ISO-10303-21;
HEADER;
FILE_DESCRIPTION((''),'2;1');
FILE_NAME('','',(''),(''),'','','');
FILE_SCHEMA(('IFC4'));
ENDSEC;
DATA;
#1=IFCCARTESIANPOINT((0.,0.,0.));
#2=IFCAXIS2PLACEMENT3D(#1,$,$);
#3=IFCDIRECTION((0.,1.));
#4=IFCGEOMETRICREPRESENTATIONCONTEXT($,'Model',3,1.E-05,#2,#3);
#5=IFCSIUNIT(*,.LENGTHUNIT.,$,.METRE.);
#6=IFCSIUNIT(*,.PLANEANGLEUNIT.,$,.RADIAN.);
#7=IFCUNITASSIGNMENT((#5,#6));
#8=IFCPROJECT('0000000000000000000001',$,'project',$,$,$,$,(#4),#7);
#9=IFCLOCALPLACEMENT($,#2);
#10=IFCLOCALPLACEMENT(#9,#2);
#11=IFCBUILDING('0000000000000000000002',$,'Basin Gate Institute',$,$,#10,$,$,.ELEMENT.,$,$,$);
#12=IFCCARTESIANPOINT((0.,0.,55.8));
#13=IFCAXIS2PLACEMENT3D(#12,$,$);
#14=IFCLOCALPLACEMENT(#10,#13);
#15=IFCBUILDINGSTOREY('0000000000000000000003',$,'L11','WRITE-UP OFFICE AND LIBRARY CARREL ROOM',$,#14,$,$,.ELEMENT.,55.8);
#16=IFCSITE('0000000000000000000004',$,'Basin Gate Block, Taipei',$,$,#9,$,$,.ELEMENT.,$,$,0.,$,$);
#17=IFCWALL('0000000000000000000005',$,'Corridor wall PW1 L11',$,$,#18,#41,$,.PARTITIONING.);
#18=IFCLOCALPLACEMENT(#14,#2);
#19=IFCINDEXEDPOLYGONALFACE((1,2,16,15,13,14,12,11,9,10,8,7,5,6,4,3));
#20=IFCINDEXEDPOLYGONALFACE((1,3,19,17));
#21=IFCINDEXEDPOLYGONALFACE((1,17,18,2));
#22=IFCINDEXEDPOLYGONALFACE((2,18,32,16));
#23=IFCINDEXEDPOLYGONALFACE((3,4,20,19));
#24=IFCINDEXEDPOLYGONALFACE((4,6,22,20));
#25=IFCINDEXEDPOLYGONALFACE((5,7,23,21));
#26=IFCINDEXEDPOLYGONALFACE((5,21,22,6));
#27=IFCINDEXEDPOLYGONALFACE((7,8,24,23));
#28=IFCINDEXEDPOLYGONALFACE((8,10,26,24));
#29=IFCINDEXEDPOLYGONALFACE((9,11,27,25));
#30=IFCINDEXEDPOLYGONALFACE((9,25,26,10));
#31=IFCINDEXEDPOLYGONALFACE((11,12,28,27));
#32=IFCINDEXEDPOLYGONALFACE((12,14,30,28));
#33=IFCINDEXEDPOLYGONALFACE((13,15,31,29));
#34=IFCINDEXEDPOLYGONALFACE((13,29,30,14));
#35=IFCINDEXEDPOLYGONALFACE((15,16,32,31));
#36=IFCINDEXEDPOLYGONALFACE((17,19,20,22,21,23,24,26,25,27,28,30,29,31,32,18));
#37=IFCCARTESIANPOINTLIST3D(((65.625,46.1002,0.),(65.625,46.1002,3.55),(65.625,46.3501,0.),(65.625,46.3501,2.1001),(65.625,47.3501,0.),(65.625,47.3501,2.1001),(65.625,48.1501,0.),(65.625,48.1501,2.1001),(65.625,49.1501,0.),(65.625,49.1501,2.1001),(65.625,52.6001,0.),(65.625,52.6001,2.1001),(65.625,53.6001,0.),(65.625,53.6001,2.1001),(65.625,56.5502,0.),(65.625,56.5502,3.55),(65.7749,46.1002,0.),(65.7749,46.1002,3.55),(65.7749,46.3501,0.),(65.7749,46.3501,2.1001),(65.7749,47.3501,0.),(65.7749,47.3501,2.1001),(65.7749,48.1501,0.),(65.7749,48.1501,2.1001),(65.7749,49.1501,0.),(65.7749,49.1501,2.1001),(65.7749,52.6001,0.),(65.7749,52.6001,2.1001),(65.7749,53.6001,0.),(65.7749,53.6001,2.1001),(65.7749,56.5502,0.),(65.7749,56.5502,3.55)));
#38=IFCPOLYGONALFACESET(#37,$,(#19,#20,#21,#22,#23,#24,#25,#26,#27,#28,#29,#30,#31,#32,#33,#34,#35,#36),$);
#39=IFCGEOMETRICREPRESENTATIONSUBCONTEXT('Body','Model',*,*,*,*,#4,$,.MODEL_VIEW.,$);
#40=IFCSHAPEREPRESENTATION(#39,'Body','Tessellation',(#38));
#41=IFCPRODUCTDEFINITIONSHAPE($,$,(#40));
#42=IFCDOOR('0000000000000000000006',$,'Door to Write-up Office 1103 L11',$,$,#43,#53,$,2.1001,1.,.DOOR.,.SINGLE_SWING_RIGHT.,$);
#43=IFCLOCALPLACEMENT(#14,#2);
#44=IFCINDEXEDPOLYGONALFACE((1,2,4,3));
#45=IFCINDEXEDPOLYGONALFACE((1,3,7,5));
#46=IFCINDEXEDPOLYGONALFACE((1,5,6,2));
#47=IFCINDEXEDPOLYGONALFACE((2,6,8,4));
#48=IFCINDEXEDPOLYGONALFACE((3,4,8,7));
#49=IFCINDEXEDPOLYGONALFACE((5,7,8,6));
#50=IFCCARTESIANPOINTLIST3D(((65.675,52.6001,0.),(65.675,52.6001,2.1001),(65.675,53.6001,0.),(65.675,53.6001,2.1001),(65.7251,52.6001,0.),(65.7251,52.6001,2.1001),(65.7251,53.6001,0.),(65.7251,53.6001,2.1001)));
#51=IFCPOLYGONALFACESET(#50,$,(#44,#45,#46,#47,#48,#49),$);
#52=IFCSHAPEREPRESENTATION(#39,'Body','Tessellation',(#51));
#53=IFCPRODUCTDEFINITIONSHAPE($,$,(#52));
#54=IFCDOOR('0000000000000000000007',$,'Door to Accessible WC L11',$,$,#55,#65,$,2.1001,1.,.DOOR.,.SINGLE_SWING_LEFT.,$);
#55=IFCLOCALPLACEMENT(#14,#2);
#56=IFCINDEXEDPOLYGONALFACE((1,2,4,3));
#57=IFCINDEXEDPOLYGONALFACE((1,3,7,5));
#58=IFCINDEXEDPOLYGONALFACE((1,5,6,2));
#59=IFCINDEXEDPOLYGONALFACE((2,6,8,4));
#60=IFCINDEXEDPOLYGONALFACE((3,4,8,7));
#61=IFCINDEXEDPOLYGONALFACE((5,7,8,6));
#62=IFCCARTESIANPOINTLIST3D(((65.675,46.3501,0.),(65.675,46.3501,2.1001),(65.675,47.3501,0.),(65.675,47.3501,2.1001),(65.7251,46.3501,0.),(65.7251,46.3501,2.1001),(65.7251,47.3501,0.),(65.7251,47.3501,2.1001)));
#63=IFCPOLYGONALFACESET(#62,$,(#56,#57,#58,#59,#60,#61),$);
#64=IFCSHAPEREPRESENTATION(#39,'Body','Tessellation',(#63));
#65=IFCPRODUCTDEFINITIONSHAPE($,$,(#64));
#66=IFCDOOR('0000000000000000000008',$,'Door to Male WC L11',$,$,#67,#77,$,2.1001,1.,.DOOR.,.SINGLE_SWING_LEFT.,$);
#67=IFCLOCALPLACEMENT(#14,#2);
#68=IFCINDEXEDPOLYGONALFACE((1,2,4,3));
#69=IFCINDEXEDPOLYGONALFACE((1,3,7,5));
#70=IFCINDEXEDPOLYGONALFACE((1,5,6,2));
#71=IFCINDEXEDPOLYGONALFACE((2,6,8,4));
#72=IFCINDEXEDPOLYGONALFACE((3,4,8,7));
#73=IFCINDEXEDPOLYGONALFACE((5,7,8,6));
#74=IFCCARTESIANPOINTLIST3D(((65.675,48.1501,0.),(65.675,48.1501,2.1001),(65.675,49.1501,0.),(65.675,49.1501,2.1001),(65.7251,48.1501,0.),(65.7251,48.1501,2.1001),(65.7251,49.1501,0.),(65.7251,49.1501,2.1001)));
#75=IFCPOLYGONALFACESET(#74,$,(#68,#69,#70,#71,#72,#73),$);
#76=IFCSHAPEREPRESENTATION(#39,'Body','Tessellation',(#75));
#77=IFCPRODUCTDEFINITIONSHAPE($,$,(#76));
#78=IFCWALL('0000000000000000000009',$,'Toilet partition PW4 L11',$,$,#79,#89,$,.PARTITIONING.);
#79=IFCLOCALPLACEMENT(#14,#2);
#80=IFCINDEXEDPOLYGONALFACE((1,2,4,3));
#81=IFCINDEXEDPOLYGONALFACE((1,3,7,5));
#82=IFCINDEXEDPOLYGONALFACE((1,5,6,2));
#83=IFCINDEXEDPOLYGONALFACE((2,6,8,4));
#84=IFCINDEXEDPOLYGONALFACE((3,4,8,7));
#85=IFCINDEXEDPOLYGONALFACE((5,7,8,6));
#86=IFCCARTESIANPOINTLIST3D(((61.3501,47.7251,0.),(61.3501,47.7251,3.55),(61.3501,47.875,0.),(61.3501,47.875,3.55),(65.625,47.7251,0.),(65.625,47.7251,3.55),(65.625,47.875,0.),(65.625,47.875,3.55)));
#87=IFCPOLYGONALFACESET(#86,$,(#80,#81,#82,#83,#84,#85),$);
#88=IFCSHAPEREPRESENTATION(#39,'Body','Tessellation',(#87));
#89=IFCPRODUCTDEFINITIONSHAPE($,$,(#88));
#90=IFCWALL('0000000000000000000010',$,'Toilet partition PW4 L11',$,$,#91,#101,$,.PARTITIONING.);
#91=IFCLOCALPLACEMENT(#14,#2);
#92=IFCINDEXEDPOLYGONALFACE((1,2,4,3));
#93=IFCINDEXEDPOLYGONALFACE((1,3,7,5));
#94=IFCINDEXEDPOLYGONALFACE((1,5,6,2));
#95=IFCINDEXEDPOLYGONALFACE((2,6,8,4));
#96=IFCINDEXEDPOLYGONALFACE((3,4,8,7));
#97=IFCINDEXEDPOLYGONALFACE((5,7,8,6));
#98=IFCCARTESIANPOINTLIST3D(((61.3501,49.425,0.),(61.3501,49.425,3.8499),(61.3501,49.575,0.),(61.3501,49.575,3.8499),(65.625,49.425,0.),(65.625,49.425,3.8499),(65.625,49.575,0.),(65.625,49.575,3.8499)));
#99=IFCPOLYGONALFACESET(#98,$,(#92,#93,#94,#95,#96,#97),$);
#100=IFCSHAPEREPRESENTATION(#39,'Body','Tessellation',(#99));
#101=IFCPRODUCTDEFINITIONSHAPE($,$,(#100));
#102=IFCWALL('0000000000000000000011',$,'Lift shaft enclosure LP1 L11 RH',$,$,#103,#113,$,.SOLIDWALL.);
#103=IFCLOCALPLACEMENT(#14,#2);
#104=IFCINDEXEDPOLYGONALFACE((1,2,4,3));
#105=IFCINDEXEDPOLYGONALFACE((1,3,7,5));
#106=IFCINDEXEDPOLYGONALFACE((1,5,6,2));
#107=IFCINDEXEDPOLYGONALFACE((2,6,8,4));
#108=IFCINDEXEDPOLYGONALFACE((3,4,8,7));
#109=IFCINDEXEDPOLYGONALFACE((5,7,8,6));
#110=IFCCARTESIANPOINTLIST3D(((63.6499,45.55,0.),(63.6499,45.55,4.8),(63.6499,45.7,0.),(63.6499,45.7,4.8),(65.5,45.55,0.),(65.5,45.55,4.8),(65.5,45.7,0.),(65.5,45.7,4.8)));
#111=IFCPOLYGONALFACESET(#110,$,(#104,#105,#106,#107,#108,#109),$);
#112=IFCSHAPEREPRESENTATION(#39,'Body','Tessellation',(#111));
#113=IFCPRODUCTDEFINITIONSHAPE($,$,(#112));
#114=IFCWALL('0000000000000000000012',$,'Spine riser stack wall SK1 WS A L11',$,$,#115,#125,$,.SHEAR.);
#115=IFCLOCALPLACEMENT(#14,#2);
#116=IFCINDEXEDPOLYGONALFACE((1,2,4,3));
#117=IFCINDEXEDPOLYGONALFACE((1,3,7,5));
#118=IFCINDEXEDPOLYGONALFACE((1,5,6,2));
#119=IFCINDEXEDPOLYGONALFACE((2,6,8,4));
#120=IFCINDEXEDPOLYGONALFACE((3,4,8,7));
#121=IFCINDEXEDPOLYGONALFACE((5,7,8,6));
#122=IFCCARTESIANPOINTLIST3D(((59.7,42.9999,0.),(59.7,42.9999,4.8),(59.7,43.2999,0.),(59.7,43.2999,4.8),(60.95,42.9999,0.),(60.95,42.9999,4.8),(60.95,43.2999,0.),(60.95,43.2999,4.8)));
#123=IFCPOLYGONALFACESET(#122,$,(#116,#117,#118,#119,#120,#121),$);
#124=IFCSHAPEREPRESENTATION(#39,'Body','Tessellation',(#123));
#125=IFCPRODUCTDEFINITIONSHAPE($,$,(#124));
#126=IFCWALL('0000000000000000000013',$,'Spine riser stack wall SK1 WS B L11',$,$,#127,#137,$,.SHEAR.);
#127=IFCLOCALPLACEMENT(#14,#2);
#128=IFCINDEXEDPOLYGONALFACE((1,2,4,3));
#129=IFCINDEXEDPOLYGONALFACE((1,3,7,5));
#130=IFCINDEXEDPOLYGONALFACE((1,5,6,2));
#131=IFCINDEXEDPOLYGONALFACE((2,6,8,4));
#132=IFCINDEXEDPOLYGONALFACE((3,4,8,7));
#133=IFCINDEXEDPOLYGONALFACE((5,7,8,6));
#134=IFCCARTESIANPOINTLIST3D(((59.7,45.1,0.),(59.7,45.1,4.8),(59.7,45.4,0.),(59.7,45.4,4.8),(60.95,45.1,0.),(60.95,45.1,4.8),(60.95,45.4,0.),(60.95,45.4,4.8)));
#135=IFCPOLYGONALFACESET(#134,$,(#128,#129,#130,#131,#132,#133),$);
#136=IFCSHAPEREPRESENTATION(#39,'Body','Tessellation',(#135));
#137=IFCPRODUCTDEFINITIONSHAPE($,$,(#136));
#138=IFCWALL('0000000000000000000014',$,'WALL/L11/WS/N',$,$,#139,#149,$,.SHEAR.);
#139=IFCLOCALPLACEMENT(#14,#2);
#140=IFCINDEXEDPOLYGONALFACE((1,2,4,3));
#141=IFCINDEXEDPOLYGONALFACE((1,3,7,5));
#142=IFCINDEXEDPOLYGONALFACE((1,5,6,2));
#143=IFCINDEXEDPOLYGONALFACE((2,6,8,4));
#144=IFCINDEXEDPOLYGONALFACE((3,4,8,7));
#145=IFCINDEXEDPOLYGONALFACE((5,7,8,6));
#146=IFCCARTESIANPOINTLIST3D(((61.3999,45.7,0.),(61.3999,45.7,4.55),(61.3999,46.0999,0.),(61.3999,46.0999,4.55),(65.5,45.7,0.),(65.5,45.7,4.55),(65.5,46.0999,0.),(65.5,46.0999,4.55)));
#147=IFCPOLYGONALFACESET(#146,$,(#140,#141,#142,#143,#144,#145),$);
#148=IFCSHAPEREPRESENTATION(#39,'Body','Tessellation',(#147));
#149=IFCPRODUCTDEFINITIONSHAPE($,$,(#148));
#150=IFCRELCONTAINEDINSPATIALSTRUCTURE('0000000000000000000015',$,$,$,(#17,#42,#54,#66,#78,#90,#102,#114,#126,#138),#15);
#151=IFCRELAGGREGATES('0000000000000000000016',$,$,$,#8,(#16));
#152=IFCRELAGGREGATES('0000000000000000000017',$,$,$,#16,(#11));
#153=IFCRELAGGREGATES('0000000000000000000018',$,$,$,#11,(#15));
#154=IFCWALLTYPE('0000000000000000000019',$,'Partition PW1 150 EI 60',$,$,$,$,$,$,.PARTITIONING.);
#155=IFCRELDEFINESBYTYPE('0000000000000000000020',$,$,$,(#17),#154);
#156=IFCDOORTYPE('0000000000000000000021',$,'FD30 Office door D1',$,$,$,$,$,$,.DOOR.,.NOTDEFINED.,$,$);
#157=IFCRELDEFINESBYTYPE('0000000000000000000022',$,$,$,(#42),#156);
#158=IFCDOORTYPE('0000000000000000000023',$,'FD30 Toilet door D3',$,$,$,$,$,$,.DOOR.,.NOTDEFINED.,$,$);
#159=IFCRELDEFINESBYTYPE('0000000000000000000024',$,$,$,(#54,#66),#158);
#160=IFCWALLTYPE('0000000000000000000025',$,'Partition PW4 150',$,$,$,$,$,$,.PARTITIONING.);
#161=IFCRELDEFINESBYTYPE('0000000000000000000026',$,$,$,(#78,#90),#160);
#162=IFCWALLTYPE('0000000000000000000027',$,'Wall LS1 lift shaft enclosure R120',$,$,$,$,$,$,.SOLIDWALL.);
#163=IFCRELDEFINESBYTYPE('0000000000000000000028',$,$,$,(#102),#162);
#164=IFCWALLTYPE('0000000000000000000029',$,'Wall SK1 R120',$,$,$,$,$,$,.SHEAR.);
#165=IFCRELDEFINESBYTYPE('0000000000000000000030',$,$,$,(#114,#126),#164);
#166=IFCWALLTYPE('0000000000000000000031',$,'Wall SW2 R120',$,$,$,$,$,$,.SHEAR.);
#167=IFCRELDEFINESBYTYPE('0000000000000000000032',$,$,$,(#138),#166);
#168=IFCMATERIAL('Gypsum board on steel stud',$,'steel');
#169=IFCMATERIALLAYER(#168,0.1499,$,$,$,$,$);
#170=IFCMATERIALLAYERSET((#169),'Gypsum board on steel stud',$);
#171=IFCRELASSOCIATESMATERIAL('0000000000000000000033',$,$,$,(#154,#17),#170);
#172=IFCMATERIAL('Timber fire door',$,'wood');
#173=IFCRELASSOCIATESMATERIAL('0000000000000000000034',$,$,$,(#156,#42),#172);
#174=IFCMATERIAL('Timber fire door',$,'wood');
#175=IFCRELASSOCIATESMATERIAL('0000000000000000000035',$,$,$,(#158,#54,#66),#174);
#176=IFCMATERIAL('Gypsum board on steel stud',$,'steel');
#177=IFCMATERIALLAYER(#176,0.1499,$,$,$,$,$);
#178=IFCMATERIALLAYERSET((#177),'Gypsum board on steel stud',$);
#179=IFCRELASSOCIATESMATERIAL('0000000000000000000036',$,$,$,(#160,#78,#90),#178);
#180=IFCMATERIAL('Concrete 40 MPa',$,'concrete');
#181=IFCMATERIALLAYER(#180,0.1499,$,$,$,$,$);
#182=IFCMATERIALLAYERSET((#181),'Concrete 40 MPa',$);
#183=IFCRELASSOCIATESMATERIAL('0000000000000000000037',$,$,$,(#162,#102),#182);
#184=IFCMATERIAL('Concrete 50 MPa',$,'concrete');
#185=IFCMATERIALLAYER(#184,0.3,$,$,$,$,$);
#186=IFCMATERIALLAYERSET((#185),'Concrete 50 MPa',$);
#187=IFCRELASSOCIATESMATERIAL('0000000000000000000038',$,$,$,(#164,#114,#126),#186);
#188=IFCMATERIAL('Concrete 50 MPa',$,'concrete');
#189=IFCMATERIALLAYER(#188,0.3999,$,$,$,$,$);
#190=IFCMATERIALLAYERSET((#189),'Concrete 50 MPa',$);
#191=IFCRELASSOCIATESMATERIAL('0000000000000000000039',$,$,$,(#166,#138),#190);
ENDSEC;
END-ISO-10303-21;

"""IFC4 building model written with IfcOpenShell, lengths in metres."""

from ifc_helpers import new_model, si_unit, direction, frame, frame_2d, origin, place, context, subcontext, project, spatial, rectangle, extrude, material, layer, layer_set, type_object, element, fill, save


model = new_model("IFC4")

# Units and contexts
model_context = context("Model", 3, precision=1e-05, world=origin(), true_north=direction((0.0, 1.0)))
body_context = subcontext(model_context, "Body", "Model", "MODEL_VIEW")
ifc_project = project(units=[si_unit("LENGTHUNIT", "METRE"), si_unit("PLANEANGLEUNIT", "RADIAN")], contexts=[model_context])

# Site, building, storey
site_placement = place(None, origin())
site = spatial("IfcSite", under=ifc_project, at=site_placement, Name="Basin Gate Block, Taipei", CompositionType="ELEMENT", RefElevation=0.0)
building_placement = place(site_placement, origin())
building = spatial("IfcBuilding", under=site, at=building_placement, Name="Basin Gate Institute", CompositionType="ELEMENT")
storey_placement = place(building_placement, frame((0.0, 0.0, 55.8)))
storey = spatial("IfcBuildingStorey", under=building, at=storey_placement, Name="L11", Description="WRITE-UP OFFICE AND LIBRARY CARREL ROOM", CompositionType="ELEMENT", Elevation=55.8)

# Wall, openings, doors
ifc_material_1 = material(Name="Gypsum board on steel stud", Category="steel")
ifc_layer_1 = layer(ifc_material_1, 0.1499)
ifc_layer_set_1 = layer_set([ifc_layer_1], Name="Gypsum board on steel stud")
wall_type_1 = type_object("IfcWallType", Name="Partition PW1 150 EI 60", PredefinedType="PARTITIONING", material=ifc_layer_set_1)
wall_1_placement = place(storey_placement, frame((65.7, 46.1001, 0.0), z_axis=(0.0, 0.0, 1.0), x_axis=(0.0, 1.0, 0.0)))
wall_1 = element("IfcWall", 1, at=wall_1_placement, inside=storey, type_object=wall_type_1, material=ifc_layer_set_1, Name="Corridor wall PW1 L11", PredefinedType="PARTITIONING", context=body_context, shape_type="SweptSolid", body=[
    extrude(rectangle(XDim=10.45, YDim=0.1499, at=frame_2d((5.2251, 0.0))), origin(), (0.0, 0.0, 1.0), 3.55),
])
opening_1_placement = place(wall_1_placement, frame((0.25, 0.0, 0.0)))
opening_1 = element("IfcOpeningElement", 2, at=opening_1_placement, cuts=wall_1, PredefinedType="OPENING", context=body_context, shape_type="SweptSolid", body=[
    extrude(rectangle(XDim=1.0, YDim=2.1001, at=frame_2d((0.5, 1.05))), frame((0.0, 0.085, 0.0), z_axis=(0.0, -1.0, 0.0), x_axis=(1.0, 0.0, 0.0)), (0.0, 0.0, 1.0), 0.1699),
])
opening_2_placement = place(wall_1_placement, frame((2.05, 0.0, 0.0)))
opening_2 = element("IfcOpeningElement", 3, at=opening_2_placement, cuts=wall_1, PredefinedType="OPENING", context=body_context, shape_type="SweptSolid", body=[
    extrude(rectangle(XDim=1.0, YDim=2.1001, at=frame_2d((0.5, 1.05))), frame((0.0, 0.085, 0.0), z_axis=(0.0, -1.0, 0.0), x_axis=(1.0, 0.0, 0.0)), (0.0, 0.0, 1.0), 0.1699),
])
opening_3_placement = place(wall_1_placement, frame((6.5, 0.0, 0.0)))
opening_3 = element("IfcOpeningElement", 4, at=opening_3_placement, cuts=wall_1, PredefinedType="OPENING", context=body_context, shape_type="SweptSolid", body=[
    extrude(rectangle(XDim=1.0, YDim=2.1001, at=frame_2d((0.5, 1.05))), frame((0.0, 0.085, 0.0), z_axis=(0.0, -1.0, 0.0), x_axis=(1.0, 0.0, 0.0)), (0.0, 0.0, 1.0), 0.1699),
])
ifc_material_2 = material(Name="Timber fire door", Category="wood")
door_type_1 = type_object("IfcDoorType", Name="FD30 Office door D1", OperationType="NOTDEFINED", PredefinedType="DOOR", material=ifc_material_2)
door_1_placement = place(opening_3_placement, origin())
door_1 = element("IfcDoor", 5, at=door_1_placement, inside=storey, type_object=door_type_1, material=ifc_material_2, Name="Door to Write-up Office 1103 L11", OperationType="SINGLE_SWING_RIGHT", OverallHeight=2.1001, OverallWidth=1.0, PredefinedType="DOOR", context=body_context, shape_type="SweptSolid", body=[
    extrude(rectangle(XDim=1.0, YDim=2.1001, at=frame_2d((0.5, 1.05))), frame((0.0, 0.0249, 0.0), z_axis=(0.0, -1.0, 0.0), x_axis=(1.0, 0.0, 0.0)), (0.0, 0.0, 1.0), 0.05),
])
fill(opening_3, door_1)
ifc_material_3 = material(Name="Timber fire door", Category="wood")
door_type_2 = type_object("IfcDoorType", Name="FD30 Toilet door D3", OperationType="NOTDEFINED", PredefinedType="DOOR", material=ifc_material_3)
door_2_placement = place(opening_1_placement, origin())
door_2 = element("IfcDoor", 6, at=door_2_placement, inside=storey, type_object=door_type_2, material=ifc_material_3, Name="Door to Accessible WC L11", OperationType="SINGLE_SWING_LEFT", OverallHeight=2.1001, OverallWidth=1.0, PredefinedType="DOOR", context=body_context, shape_type="SweptSolid", body=[
    extrude(rectangle(XDim=1.0, YDim=2.1001, at=frame_2d((0.5, 1.05))), frame((0.0, 0.0249, 0.0), z_axis=(0.0, -1.0, 0.0), x_axis=(1.0, 0.0, 0.0)), (0.0, 0.0, 1.0), 0.05),
])
fill(opening_1, door_2)
door_3_placement = place(opening_2_placement, origin())
door_3 = element("IfcDoor", 7, at=door_3_placement, inside=storey, type_object=door_type_2, material=ifc_material_3, Name="Door to Male WC L11", OperationType="SINGLE_SWING_LEFT", OverallHeight=2.1001, OverallWidth=1.0, PredefinedType="DOOR", context=body_context, shape_type="SweptSolid", body=[
    extrude(rectangle(XDim=1.0, YDim=2.1001, at=frame_2d((0.5, 1.05))), frame((0.0, 0.0249, 0.0), z_axis=(0.0, -1.0, 0.0), x_axis=(1.0, 0.0, 0.0)), (0.0, 0.0, 1.0), 0.05),
])
fill(opening_2, door_3)

# Walls
ifc_material_4 = material(Name="Gypsum board on steel stud", Category="steel")
ifc_layer_2 = layer(ifc_material_4, 0.1499)
ifc_layer_set_2 = layer_set([ifc_layer_2], Name="Gypsum board on steel stud")
wall_type_2 = type_object("IfcWallType", Name="Partition PW4 150", PredefinedType="PARTITIONING", material=ifc_layer_set_2)
wall_2_placement = place(storey_placement, frame((61.3501, 47.8, 0.0), z_axis=(0.0, 0.0, 1.0), x_axis=(1.0, 0.0, 0.0)))
element("IfcWall", 8, at=wall_2_placement, inside=storey, type_object=wall_type_2, material=ifc_layer_set_2, Name="Toilet partition PW4 L11", PredefinedType="PARTITIONING", context=body_context, shape_type="SweptSolid", body=[
    extrude(rectangle(XDim=4.2749, YDim=0.1499, at=frame_2d((2.1375, 0.0))), origin(), (0.0, 0.0, 1.0), 3.55),
])
wall_3_placement = place(storey_placement, frame((61.3501, 49.5, 0.0), z_axis=(0.0, 0.0, 1.0), x_axis=(1.0, 0.0, 0.0)))
element("IfcWall", 9, at=wall_3_placement, inside=storey, type_object=wall_type_2, material=ifc_layer_set_2, Name="Toilet partition PW4 L11", PredefinedType="PARTITIONING", context=body_context, shape_type="SweptSolid", body=[
    extrude(rectangle(XDim=4.2749, YDim=0.1499, at=frame_2d((2.1375, 0.0))), origin(), (0.0, 0.0, 1.0), 3.8499),
])
ifc_material_5 = material(Name="Concrete 40 MPa", Category="concrete")
ifc_layer_3 = layer(ifc_material_5, 0.1499)
ifc_layer_set_3 = layer_set([ifc_layer_3], Name="Concrete 40 MPa")
wall_type_3 = type_object("IfcWallType", Name="Wall LS1 lift shaft enclosure R120", PredefinedType="SOLIDWALL", material=ifc_layer_set_3)
wall_4_placement = place(storey_placement, frame((63.6499, 45.625, 0.0), z_axis=(0.0, 0.0, 1.0), x_axis=(1.0, 0.0, 0.0)))
element("IfcWall", 10, at=wall_4_placement, inside=storey, type_object=wall_type_3, material=ifc_layer_set_3, Name="Lift shaft enclosure LP1 L11 RH", PredefinedType="SOLIDWALL", context=body_context, shape_type="SweptSolid", body=[
    extrude(rectangle(XDim=1.8501, YDim=0.1499, at=frame_2d((0.925, 0.0))), origin(), (0.0, 0.0, 1.0), 4.8),
])
ifc_material_6 = material(Name="Concrete 50 MPa", Category="concrete")
ifc_layer_4 = layer(ifc_material_6, 0.3)
ifc_layer_set_4 = layer_set([ifc_layer_4], Name="Concrete 50 MPa")
wall_type_4 = type_object("IfcWallType", Name="Wall SK1 R120", PredefinedType="SHEAR", material=ifc_layer_set_4)
for number, where, z_axis, x_axis, name in (
    (11, (60.95, 43.1499, 0.0), (0.0, 0.0, 1.0), (-1.0, 0.0, 0.0), "Spine riser stack wall SK1 WS A L11"),
    (12, (60.95, 45.25, 0.0), (0.0, 0.0, 1.0), (-1.0, 0.0, 0.0), "Spine riser stack wall SK1 WS B L11"),
):
    element("IfcWall", number, at=place(storey_placement, frame(where, z_axis=z_axis, x_axis=x_axis)), inside=storey, type_object=wall_type_4, material=ifc_layer_set_4, Name=name, PredefinedType="SHEAR", context=body_context, shape_type="SweptSolid", body=[
        extrude(rectangle(XDim=1.25, YDim=0.3, at=frame_2d((0.625, 0.0))), origin(), (0.0, 0.0, 1.0), 4.8),
    ])
ifc_material_7 = material(Name="Concrete 50 MPa", Category="concrete")
ifc_layer_5 = layer(ifc_material_7, 0.3999)
ifc_layer_set_5 = layer_set([ifc_layer_5], Name="Concrete 50 MPa")
wall_type_5 = type_object("IfcWallType", Name="Wall SW2 R120", PredefinedType="SHEAR", material=ifc_layer_set_5)
wall_5_placement = place(storey_placement, frame((61.3999, 45.8999, 0.0), z_axis=(0.0, 0.0, 1.0), x_axis=(1.0, 0.0, 0.0)))
element("IfcWall", 13, at=wall_5_placement, inside=storey, type_object=wall_type_5, material=ifc_layer_set_5, Name="WALL/L11/WS/N", PredefinedType="SHEAR", context=body_context, shape_type="SweptSolid", body=[
    extrude(rectangle(XDim=4.1001, YDim=0.3999, at=frame_2d((2.05, 0.0))), origin(), (0.0, 0.0, 1.0), 4.55),
])

save(model, "model.ifc")
